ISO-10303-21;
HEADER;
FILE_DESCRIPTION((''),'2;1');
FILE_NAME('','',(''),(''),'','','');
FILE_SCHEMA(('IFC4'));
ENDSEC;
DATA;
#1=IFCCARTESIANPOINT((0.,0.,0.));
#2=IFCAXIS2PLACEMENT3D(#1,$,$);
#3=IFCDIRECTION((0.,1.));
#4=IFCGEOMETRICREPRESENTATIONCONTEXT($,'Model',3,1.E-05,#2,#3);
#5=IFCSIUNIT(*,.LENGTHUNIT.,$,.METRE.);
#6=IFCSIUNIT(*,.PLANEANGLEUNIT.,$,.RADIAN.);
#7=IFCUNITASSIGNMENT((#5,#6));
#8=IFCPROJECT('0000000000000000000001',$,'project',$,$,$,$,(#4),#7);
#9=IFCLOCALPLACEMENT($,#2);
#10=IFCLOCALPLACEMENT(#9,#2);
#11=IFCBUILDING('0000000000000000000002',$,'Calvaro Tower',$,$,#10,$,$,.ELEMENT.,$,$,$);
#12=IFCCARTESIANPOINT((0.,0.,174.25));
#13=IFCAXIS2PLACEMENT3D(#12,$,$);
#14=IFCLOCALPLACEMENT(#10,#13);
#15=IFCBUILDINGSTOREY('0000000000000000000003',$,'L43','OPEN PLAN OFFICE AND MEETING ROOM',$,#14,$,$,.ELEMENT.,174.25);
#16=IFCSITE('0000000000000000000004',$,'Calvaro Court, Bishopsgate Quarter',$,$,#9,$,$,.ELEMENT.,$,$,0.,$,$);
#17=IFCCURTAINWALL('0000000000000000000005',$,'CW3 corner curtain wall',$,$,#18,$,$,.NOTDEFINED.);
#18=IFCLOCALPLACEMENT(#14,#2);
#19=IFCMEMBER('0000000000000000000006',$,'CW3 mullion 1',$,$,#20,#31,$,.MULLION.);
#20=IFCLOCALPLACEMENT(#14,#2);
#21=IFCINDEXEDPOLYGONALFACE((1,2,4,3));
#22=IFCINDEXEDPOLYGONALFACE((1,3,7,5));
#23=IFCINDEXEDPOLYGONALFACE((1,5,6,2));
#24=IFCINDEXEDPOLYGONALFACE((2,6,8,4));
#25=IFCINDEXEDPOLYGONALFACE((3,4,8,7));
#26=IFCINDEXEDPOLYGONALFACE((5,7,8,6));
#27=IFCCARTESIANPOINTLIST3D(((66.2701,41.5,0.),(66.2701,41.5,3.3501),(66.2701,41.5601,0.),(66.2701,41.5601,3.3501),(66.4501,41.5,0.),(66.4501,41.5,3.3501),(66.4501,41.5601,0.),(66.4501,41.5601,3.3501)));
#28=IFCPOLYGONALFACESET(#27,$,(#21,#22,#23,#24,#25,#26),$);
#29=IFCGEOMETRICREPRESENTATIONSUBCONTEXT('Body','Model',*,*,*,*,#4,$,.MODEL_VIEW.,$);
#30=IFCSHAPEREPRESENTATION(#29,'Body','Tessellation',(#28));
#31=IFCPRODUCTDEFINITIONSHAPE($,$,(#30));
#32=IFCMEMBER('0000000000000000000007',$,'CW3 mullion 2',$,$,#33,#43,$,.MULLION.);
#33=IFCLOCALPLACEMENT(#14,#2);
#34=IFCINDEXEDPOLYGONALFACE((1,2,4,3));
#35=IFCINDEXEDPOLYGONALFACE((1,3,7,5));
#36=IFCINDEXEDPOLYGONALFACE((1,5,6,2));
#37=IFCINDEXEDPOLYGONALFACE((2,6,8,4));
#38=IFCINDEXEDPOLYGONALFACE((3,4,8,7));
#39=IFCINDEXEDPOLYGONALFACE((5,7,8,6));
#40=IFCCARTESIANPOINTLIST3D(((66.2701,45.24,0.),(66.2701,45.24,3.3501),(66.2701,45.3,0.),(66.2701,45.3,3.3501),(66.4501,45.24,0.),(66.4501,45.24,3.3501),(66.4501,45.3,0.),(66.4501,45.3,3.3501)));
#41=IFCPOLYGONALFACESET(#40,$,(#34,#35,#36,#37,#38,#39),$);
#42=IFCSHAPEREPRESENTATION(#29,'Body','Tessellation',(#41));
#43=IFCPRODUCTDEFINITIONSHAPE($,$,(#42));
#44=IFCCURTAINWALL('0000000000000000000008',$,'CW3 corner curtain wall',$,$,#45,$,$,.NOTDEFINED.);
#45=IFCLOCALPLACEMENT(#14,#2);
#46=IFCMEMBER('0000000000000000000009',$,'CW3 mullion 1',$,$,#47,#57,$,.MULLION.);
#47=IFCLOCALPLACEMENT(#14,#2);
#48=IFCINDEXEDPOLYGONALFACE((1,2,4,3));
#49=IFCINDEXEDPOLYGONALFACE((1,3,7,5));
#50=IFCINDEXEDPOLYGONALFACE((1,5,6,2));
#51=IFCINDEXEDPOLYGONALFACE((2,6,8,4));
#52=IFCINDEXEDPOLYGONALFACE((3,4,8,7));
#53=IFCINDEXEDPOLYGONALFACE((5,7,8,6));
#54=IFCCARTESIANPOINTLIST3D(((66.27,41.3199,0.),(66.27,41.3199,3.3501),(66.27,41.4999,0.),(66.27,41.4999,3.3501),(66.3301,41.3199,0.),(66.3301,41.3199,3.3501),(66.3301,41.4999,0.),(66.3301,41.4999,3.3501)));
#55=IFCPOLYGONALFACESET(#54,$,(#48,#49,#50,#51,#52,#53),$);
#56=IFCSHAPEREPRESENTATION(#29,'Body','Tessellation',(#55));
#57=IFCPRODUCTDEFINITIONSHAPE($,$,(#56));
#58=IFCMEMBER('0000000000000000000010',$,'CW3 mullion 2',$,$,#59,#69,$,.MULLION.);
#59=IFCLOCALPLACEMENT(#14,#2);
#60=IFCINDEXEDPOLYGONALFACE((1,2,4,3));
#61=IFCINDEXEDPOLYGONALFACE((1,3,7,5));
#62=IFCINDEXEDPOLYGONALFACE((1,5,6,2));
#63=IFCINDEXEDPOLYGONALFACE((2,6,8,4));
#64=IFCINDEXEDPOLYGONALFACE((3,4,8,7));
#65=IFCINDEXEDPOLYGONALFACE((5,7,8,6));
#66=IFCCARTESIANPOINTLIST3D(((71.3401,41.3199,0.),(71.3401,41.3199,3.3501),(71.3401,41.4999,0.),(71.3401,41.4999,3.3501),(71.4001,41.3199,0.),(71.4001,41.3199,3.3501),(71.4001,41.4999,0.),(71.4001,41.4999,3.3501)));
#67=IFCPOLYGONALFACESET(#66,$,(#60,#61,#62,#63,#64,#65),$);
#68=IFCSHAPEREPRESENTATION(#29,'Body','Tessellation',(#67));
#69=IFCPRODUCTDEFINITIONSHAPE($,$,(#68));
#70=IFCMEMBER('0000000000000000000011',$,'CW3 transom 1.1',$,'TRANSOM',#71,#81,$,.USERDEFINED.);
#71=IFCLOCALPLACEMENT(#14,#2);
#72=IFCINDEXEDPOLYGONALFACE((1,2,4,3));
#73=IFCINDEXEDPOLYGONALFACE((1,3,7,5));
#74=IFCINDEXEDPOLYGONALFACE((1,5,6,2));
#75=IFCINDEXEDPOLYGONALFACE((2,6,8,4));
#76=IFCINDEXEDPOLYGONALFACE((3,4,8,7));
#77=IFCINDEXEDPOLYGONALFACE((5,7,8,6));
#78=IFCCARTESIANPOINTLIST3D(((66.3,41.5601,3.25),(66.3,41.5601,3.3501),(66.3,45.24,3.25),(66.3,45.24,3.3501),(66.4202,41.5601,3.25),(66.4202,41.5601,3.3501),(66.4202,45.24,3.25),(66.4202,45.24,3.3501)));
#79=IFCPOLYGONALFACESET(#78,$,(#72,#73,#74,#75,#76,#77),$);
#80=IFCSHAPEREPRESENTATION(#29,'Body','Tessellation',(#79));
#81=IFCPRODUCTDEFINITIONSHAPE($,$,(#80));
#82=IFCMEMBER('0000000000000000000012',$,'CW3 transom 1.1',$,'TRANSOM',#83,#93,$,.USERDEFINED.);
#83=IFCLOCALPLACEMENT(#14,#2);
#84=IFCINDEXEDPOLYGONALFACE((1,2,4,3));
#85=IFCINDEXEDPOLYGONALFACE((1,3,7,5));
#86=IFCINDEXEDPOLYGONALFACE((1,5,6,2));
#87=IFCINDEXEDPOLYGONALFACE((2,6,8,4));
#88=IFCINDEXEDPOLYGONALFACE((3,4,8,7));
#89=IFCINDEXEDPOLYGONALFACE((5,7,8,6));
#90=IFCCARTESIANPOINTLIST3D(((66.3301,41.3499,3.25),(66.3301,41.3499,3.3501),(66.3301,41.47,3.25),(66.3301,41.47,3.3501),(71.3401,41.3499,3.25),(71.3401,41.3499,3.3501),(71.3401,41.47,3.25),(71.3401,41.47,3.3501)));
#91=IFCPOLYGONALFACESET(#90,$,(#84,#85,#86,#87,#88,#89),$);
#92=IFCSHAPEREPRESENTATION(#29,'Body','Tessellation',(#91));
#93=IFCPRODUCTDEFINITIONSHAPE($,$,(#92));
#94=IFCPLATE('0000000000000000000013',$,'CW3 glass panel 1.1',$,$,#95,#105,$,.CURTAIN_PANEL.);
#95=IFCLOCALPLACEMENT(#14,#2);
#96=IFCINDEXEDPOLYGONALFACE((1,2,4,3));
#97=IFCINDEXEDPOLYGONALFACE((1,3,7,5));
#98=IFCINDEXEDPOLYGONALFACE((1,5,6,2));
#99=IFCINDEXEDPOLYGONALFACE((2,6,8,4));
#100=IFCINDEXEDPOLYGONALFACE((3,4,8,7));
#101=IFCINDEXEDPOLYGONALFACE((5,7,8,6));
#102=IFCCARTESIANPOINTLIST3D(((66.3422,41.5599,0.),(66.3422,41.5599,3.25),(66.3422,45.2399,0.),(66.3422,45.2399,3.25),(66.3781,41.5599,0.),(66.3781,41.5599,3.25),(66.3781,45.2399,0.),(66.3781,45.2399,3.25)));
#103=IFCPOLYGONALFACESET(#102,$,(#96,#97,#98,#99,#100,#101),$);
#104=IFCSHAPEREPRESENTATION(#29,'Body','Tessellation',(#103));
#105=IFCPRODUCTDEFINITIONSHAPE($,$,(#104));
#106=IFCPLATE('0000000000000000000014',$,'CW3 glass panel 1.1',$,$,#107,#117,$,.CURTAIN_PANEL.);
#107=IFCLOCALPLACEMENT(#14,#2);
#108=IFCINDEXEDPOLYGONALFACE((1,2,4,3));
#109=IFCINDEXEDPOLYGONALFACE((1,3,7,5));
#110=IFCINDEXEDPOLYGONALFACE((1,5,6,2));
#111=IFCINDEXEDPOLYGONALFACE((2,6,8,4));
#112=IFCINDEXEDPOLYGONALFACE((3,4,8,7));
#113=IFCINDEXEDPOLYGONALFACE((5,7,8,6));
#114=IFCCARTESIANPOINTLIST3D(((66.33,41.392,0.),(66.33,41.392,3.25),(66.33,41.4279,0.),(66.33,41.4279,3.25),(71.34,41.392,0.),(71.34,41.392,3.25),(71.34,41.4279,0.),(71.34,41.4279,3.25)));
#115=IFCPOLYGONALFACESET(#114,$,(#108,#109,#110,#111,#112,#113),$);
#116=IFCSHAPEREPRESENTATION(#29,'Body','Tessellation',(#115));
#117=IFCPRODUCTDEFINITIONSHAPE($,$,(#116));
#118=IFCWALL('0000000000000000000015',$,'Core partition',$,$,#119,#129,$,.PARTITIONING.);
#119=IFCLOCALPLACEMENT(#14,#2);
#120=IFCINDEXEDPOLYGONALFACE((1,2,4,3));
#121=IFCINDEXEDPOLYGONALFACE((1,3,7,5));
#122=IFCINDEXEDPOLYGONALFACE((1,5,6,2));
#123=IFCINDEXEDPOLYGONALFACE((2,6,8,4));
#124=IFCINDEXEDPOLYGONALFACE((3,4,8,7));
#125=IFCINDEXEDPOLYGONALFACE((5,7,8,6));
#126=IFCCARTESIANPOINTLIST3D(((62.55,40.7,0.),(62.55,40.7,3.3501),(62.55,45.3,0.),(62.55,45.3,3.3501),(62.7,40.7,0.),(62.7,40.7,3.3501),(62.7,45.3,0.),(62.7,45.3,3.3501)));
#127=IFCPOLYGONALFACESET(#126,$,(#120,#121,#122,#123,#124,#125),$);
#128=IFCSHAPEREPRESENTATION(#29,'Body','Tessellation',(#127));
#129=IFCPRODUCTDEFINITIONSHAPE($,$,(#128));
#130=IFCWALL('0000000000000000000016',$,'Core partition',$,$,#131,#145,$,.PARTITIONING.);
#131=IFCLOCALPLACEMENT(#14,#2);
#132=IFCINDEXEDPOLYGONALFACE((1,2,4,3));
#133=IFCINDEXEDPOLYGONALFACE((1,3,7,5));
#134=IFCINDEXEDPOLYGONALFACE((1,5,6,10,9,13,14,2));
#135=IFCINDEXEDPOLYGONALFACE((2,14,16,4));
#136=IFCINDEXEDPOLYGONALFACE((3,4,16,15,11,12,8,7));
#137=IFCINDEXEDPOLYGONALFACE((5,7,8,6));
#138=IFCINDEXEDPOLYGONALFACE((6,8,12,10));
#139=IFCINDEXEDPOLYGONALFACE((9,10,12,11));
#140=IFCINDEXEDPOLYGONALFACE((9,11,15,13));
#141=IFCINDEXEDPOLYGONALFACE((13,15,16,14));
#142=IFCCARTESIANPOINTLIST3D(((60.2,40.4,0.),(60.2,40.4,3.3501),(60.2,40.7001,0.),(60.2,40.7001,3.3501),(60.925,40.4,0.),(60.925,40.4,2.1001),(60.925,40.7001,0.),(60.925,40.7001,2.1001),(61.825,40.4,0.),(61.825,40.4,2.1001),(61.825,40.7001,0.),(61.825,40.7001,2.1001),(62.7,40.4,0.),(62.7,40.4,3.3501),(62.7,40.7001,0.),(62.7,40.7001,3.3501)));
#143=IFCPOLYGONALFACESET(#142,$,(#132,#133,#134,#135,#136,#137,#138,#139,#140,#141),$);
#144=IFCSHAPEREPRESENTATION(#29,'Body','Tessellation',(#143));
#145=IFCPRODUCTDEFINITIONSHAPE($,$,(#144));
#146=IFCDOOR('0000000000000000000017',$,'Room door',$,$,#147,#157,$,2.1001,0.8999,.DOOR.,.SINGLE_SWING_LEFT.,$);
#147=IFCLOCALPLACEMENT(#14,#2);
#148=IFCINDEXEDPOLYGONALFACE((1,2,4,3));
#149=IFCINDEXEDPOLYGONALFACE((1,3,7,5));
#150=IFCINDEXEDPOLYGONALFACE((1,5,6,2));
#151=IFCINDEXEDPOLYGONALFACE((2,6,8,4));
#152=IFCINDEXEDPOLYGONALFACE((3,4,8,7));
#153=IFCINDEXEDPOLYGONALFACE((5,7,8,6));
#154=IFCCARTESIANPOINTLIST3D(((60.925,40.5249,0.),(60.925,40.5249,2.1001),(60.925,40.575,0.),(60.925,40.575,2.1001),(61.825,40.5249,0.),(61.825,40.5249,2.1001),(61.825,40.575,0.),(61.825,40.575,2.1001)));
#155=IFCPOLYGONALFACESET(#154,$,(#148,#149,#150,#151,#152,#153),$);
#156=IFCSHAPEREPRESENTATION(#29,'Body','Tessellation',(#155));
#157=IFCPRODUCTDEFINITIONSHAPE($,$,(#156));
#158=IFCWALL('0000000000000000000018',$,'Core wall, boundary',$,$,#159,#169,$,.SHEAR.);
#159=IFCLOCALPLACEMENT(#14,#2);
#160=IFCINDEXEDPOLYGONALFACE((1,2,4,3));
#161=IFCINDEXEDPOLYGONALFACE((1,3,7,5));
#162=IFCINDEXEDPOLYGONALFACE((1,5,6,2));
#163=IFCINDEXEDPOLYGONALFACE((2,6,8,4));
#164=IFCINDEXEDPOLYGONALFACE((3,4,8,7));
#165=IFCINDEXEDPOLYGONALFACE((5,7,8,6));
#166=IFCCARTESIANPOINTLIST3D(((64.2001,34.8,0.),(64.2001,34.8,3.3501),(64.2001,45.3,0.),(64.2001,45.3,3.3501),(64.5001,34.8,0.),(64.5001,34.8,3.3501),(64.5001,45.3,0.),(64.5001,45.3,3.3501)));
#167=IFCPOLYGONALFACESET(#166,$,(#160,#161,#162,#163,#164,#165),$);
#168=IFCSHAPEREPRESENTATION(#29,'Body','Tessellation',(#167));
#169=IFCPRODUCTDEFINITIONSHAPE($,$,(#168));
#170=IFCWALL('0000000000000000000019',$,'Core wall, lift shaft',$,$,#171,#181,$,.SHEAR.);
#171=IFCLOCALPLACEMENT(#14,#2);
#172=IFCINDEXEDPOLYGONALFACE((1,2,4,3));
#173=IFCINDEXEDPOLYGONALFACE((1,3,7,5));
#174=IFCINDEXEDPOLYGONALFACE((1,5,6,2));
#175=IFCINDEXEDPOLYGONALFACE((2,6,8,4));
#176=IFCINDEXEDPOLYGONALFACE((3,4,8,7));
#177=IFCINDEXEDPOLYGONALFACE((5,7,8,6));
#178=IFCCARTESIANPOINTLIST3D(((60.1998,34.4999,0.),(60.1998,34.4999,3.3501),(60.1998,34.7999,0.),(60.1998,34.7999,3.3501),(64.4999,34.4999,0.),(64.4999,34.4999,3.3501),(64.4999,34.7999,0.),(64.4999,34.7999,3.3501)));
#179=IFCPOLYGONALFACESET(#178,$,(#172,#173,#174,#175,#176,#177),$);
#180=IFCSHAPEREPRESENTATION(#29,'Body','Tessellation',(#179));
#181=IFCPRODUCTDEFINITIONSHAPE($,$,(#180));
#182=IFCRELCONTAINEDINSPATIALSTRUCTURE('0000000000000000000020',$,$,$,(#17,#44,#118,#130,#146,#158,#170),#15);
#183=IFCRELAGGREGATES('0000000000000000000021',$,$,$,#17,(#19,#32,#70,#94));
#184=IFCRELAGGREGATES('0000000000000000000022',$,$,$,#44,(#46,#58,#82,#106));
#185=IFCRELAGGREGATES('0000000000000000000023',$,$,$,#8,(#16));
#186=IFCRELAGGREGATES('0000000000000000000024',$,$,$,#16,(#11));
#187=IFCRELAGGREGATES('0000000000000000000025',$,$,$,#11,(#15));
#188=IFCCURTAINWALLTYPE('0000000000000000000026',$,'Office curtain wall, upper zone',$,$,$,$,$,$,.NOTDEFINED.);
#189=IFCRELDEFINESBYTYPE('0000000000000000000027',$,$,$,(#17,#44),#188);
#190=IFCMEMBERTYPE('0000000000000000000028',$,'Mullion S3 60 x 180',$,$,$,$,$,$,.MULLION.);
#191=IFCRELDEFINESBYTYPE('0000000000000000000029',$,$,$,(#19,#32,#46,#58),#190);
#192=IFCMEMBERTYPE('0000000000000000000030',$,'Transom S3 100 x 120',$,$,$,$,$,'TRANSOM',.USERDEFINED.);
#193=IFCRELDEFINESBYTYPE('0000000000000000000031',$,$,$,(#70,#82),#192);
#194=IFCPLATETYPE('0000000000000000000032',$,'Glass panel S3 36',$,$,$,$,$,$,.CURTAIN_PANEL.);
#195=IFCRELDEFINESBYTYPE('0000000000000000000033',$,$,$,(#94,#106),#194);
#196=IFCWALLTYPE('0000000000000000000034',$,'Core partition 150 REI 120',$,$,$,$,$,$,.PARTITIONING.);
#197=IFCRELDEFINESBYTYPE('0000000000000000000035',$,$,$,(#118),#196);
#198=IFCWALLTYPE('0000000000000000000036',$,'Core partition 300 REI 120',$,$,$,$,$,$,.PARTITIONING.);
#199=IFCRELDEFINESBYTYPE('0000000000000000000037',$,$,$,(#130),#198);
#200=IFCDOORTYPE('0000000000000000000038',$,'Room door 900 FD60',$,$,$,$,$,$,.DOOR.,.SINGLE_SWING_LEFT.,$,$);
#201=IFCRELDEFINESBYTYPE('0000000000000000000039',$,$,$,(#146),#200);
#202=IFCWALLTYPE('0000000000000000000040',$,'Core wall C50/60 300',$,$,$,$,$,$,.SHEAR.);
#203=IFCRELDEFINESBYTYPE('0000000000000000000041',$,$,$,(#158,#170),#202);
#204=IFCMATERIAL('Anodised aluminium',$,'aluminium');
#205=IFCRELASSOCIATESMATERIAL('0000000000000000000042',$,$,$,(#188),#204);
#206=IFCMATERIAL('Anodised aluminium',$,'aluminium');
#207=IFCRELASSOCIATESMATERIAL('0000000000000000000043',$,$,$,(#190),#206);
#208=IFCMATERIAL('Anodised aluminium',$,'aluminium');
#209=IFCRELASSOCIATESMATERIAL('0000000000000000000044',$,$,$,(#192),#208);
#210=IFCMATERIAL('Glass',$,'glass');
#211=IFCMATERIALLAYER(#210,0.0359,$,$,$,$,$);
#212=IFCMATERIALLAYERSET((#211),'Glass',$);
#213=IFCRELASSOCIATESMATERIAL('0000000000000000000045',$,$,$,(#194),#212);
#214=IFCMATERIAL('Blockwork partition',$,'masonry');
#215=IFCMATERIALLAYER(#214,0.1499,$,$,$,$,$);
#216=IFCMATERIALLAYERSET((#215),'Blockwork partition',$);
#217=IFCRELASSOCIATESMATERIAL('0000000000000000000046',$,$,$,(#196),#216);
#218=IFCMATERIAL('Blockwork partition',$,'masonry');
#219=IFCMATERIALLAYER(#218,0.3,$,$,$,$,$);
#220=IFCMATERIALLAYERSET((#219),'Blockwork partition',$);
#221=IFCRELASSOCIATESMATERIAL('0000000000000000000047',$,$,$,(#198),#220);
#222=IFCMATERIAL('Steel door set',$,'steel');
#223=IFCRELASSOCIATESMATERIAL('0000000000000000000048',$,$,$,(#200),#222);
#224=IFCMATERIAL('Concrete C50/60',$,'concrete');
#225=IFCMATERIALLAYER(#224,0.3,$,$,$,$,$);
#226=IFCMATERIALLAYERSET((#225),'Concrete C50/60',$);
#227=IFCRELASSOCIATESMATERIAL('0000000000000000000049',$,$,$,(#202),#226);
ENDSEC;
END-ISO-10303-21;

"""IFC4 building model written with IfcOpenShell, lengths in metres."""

from ifc_helpers import new_model, si_unit, direction, frame, frame_2d, origin, origin_2d, place, context, subcontext, project, spatial, rectangle, extrude, material, layer, layer_set, material_profile, profile_set, type_object, element, fill, aggregate, save


model = new_model("IFC4")

# Units and contexts
model_context = context("Model", 3, precision=1e-05, world=origin(), true_north=direction((0.0, 1.0)))
body_context = subcontext(model_context, "Body", "Model", "MODEL_VIEW")
ifc_project = project(units=[si_unit("LENGTHUNIT", "METRE"), si_unit("PLANEANGLEUNIT", "RADIAN")], contexts=[model_context])

# Site, building, storey
site_placement = place(None, origin())
site = spatial("IfcSite", under=ifc_project, at=site_placement, Name="Calvaro Court, Bishopsgate Quarter", CompositionType="ELEMENT", RefElevation=0.0)
building_placement = place(site_placement, origin())
building = spatial("IfcBuilding", under=site, at=building_placement, Name="Calvaro Tower", CompositionType="ELEMENT")
storey_placement = place(building_placement, frame((0.0, 0.0, 174.25)))
storey = spatial("IfcBuildingStorey", under=building, at=storey_placement, Name="L43", Description="OPEN PLAN OFFICE AND MEETING ROOM", CompositionType="ELEMENT", Elevation=174.25)

# Curtain walls, members
ifc_material_1 = material(Name="Anodised aluminium", Category="aluminium")
curtain_wall_type = type_object("IfcCurtainWallType", Name="Office curtain wall, upper zone", PredefinedType="NOTDEFINED", material=ifc_material_1)
curtain_wall_1_placement = place(storey_placement, origin())
curtain_wall_1 = element("IfcCurtainWall", 1, at=curtain_wall_1_placement, inside=storey, type_object=curtain_wall_type, Name="CW3 corner curtain wall", PredefinedType="NOTDEFINED")
ifc_material_2 = material(Name="Anodised aluminium", Category="aluminium")
ifc_material_profile_1 = material_profile(ifc_material_2, rectangle(XDim=0.1799, YDim=0.0601, at=origin_2d()), Name="Mullion S3 60 x 180")
ifc_profile_set_1 = profile_set([ifc_material_profile_1], Name="Anodised aluminium")
member_type_1 = type_object("IfcMemberType", Name="Mullion S3 60 x 180", PredefinedType="MULLION", material=ifc_profile_set_1)
member_1_placement = place(storey_placement, frame((66.3601, 41.53, 0.0), z_axis=(0.0, 0.0, 1.0), x_axis=(-1.0, 0.0, 0.0)))
member_1 = element("IfcMember", 2, at=member_1_placement, type_object=member_type_1, Name="CW3 mullion 1", PredefinedType="MULLION", context=body_context, shape_type="SweptSolid", body=[
    extrude(rectangle(XDim=0.1799, YDim=0.0601, at=origin_2d()), origin(), (0.0, 0.0, 1.0), 3.3501),
])
member_2_placement = place(storey_placement, frame((66.3601, 45.27, 0.0), z_axis=(0.0, 0.0, 1.0), x_axis=(-1.0, 0.0, 0.0)))
member_2 = element("IfcMember", 3, at=member_2_placement, type_object=member_type_1, Name="CW3 mullion 2", PredefinedType="MULLION", context=body_context, shape_type="SweptSolid", body=[
    extrude(rectangle(XDim=0.1799, YDim=0.0601, at=origin_2d()), origin(), (0.0, 0.0, 1.0), 3.3501),
])
curtain_wall_2_placement = place(storey_placement, origin())
curtain_wall_2 = element("IfcCurtainWall", 4, at=curtain_wall_2_placement, inside=storey, type_object=curtain_wall_type, Name="CW3 corner curtain wall", PredefinedType="NOTDEFINED")
member_3_placement = place(storey_placement, frame((66.3, 41.4099, 0.0), z_axis=(0.0, 0.0, 1.0), x_axis=(0.0, 1.0, 0.0)))
member_3 = element("IfcMember", 5, at=member_3_placement, type_object=member_type_1, Name="CW3 mullion 1", PredefinedType="MULLION", context=body_context, shape_type="SweptSolid", body=[
    extrude(rectangle(XDim=0.1799, YDim=0.0601, at=origin_2d()), origin(), (0.0, 0.0, 1.0), 3.3501),
])
member_4_placement = place(storey_placement, frame((71.3701, 41.4099, 0.0), z_axis=(0.0, 0.0, 1.0), x_axis=(0.0, 1.0, 0.0)))
member_4 = element("IfcMember", 6, at=member_4_placement, type_object=member_type_1, Name="CW3 mullion 2", PredefinedType="MULLION", context=body_context, shape_type="SweptSolid", body=[
    extrude(rectangle(XDim=0.1799, YDim=0.0601, at=origin_2d()), origin(), (0.0, 0.0, 1.0), 3.3501),
])

# Members
ifc_material_3 = material(Name="Anodised aluminium", Category="aluminium")
ifc_material_profile_2 = material_profile(ifc_material_3, rectangle(XDim=0.1201, YDim=0.1001, at=origin_2d()), Name="Transom S3 100 x 120")
ifc_profile_set_2 = profile_set([ifc_material_profile_2], Name="Anodised aluminium")
member_type_2 = type_object("IfcMemberType", Name="Transom S3 100 x 120", ElementType="TRANSOM", PredefinedType="USERDEFINED", material=ifc_profile_set_2)
member_5_placement = place(storey_placement, frame((66.3601, 41.5601, 3.3), z_axis=(0.0, 1.0, 0.0), x_axis=(-1.0, 0.0, 0.0)))
member_5 = element("IfcMember", 7, at=member_5_placement, type_object=member_type_2, Name="CW3 transom 1.1", ObjectType="TRANSOM", PredefinedType="USERDEFINED", context=body_context, shape_type="SweptSolid", body=[
    extrude(rectangle(XDim=0.1201, YDim=0.1001, at=origin_2d()), origin(), (0.0, 0.0, 1.0), 3.6799),
])
member_6_placement = place(storey_placement, frame((66.3301, 41.4099, 3.3), z_axis=(1.0, 0.0, 0.0), x_axis=(0.0, 1.0, 0.0)))
member_6 = element("IfcMember", 8, at=member_6_placement, type_object=member_type_2, Name="CW3 transom 1.1", ObjectType="TRANSOM", PredefinedType="USERDEFINED", context=body_context, shape_type="SweptSolid", body=[
    extrude(rectangle(XDim=0.1201, YDim=0.1001, at=origin_2d()), origin(), (0.0, 0.0, 1.0), 5.01),
])

# Plates
ifc_material_4 = material(Name="Glass", Category="glass")
ifc_layer_1 = layer(ifc_material_4, 0.0359)
ifc_layer_set_1 = layer_set([ifc_layer_1], Name="Glass")
plate_type = type_object("IfcPlateType", Name="Glass panel S3 36", PredefinedType="CURTAIN_PANEL", material=ifc_layer_set_1)
plate_1_placement = place(storey_placement, frame((66.3601, 43.3999, 0.0), z_axis=(0.0, 0.0, 1.0), x_axis=(0.0, 1.0, 0.0)))
plate_1 = element("IfcPlate", 9, at=plate_1_placement, type_object=plate_type, Name="CW3 glass panel 1.1", PredefinedType="CURTAIN_PANEL", context=body_context, shape_type="SweptSolid", body=[
    extrude(rectangle(XDim=3.6799, YDim=0.0359, at=origin_2d()), origin(), (0.0, 0.0, 1.0), 3.25),
])
aggregate(curtain_wall_1, [member_1, member_2, member_5, plate_1])
plate_2_placement = place(storey_placement, frame((68.835, 41.4099, 0.0), z_axis=(0.0, 0.0, 1.0), x_axis=(1.0, 0.0, 0.0)))
plate_2 = element("IfcPlate", 10, at=plate_2_placement, type_object=plate_type, Name="CW3 glass panel 1.1", PredefinedType="CURTAIN_PANEL", context=body_context, shape_type="SweptSolid", body=[
    extrude(rectangle(XDim=5.01, YDim=0.0359, at=origin_2d()), origin(), (0.0, 0.0, 1.0), 3.25),
])
aggregate(curtain_wall_2, [member_3, member_4, member_6, plate_2])

# Wall
ifc_material_5 = material(Name="Blockwork partition", Category="masonry")
ifc_layer_2 = layer(ifc_material_5, 0.1499)
ifc_layer_set_2 = layer_set([ifc_layer_2], Name="Blockwork partition")
wall_type_1 = type_object("IfcWallType", Name="Core partition 150 REI 120", PredefinedType="PARTITIONING", material=ifc_layer_set_2)
wall_1_placement = place(storey_placement, frame((62.625, 40.7, 0.0), z_axis=(0.0, 0.0, 1.0), x_axis=(0.0, 1.0, 0.0)))
element("IfcWall", 11, at=wall_1_placement, inside=storey, type_object=wall_type_1, Name="Core partition", PredefinedType="PARTITIONING", context=body_context, shape_type="SweptSolid", body=[
    extrude(rectangle(XDim=4.6001, YDim=0.1499, at=frame_2d((2.3, 0.0))), origin(), (0.0, 0.0, 1.0), 3.3501),
])

# Wall, opening, door
ifc_material_6 = material(Name="Blockwork partition", Category="masonry")
ifc_layer_3 = layer(ifc_material_6, 0.3)
ifc_layer_set_3 = layer_set([ifc_layer_3], Name="Blockwork partition")
wall_type_2 = type_object("IfcWallType", Name="Core partition 300 REI 120", PredefinedType="PARTITIONING", material=ifc_layer_set_3)
wall_2_placement = place(storey_placement, frame((60.2, 40.55, 0.0), z_axis=(0.0, 0.0, 1.0), x_axis=(1.0, 0.0, 0.0)))
wall_2 = element("IfcWall", 12, at=wall_2_placement, inside=storey, type_object=wall_type_2, Name="Core partition", PredefinedType="PARTITIONING", context=body_context, shape_type="SweptSolid", body=[
    extrude(rectangle(XDim=2.5, YDim=0.3, at=frame_2d((1.25, 0.0))), origin(), (0.0, 0.0, 1.0), 3.3501),
])
opening_1_placement = place(wall_2_placement, frame((0.7251, 0.0, 0.0)))
opening_1 = element("IfcOpeningElement", 13, at=opening_1_placement, cuts=wall_2, PredefinedType="OPENING", context=body_context, shape_type="SweptSolid", body=[
    extrude(rectangle(XDim=0.8999, YDim=2.1001, at=frame_2d((0.45, 1.05))), frame((0.0, 0.1599, 0.0), z_axis=(0.0, -1.0, 0.0), x_axis=(1.0, 0.0, 0.0)), (0.0, 0.0, 1.0), 0.3201),
])
ifc_material_7 = material(Name="Steel door set", Category="steel")
door_type_1 = type_object("IfcDoorType", Name="Room door 900 FD60", OperationType="SINGLE_SWING_LEFT", PredefinedType="DOOR", material=ifc_material_7)
door_1_placement = place(opening_1_placement, origin())
door_1 = element("IfcDoor", 14, at=door_1_placement, inside=storey, type_object=door_type_1, Name="Room door", OperationType="SINGLE_SWING_LEFT", OverallHeight=2.1001, OverallWidth=0.8999, PredefinedType="DOOR", context=body_context, shape_type="SweptSolid", body=[
    extrude(rectangle(XDim=0.8999, YDim=2.1001, at=frame_2d((0.45, 1.05))), frame((0.0, 0.0249, 0.0), z_axis=(0.0, -1.0, 0.0), x_axis=(1.0, 0.0, 0.0)), (0.0, 0.0, 1.0), 0.05),
])
fill(opening_1, door_1)

# Walls
ifc_material_8 = material(Name="Concrete C50/60", Category="concrete")
ifc_layer_4 = layer(ifc_material_8, 0.3)
ifc_layer_set_4 = layer_set([ifc_layer_4], Name="Concrete C50/60")
wall_type_3 = type_object("IfcWallType", Name="Core wall C50/60 300", PredefinedType="SHEAR", material=ifc_layer_set_4)
wall_3_placement = place(storey_placement, frame((64.3501, 34.8, 0.0), z_axis=(0.0, 0.0, 1.0), x_axis=(0.0, 1.0, 0.0)))
element("IfcWall", 15, at=wall_3_placement, inside=storey, type_object=wall_type_3, Name="Core wall, boundary", PredefinedType="SHEAR", context=body_context, shape_type="SweptSolid", body=[
    extrude(rectangle(XDim=10.5, YDim=0.3, at=frame_2d((5.25, 0.0))), origin(), (0.0, 0.0, 1.0), 3.3501),
])
wall_4_placement = place(storey_placement, frame((60.2, 34.6499, 0.0), z_axis=(0.0, 0.0, 1.0), x_axis=(1.0, 0.0, 0.0)))
element("IfcWall", 16, at=wall_4_placement, inside=storey, type_object=wall_type_3, Name="Core wall, lift shaft", PredefinedType="SHEAR", context=body_context, shape_type="SweptSolid", body=[
    extrude(rectangle(XDim=4.3, YDim=0.3, at=frame_2d((2.1499, 0.0))), origin(), (0.0, 0.0, 1.0), 3.3501),
])

save(model, "model.ifc")
